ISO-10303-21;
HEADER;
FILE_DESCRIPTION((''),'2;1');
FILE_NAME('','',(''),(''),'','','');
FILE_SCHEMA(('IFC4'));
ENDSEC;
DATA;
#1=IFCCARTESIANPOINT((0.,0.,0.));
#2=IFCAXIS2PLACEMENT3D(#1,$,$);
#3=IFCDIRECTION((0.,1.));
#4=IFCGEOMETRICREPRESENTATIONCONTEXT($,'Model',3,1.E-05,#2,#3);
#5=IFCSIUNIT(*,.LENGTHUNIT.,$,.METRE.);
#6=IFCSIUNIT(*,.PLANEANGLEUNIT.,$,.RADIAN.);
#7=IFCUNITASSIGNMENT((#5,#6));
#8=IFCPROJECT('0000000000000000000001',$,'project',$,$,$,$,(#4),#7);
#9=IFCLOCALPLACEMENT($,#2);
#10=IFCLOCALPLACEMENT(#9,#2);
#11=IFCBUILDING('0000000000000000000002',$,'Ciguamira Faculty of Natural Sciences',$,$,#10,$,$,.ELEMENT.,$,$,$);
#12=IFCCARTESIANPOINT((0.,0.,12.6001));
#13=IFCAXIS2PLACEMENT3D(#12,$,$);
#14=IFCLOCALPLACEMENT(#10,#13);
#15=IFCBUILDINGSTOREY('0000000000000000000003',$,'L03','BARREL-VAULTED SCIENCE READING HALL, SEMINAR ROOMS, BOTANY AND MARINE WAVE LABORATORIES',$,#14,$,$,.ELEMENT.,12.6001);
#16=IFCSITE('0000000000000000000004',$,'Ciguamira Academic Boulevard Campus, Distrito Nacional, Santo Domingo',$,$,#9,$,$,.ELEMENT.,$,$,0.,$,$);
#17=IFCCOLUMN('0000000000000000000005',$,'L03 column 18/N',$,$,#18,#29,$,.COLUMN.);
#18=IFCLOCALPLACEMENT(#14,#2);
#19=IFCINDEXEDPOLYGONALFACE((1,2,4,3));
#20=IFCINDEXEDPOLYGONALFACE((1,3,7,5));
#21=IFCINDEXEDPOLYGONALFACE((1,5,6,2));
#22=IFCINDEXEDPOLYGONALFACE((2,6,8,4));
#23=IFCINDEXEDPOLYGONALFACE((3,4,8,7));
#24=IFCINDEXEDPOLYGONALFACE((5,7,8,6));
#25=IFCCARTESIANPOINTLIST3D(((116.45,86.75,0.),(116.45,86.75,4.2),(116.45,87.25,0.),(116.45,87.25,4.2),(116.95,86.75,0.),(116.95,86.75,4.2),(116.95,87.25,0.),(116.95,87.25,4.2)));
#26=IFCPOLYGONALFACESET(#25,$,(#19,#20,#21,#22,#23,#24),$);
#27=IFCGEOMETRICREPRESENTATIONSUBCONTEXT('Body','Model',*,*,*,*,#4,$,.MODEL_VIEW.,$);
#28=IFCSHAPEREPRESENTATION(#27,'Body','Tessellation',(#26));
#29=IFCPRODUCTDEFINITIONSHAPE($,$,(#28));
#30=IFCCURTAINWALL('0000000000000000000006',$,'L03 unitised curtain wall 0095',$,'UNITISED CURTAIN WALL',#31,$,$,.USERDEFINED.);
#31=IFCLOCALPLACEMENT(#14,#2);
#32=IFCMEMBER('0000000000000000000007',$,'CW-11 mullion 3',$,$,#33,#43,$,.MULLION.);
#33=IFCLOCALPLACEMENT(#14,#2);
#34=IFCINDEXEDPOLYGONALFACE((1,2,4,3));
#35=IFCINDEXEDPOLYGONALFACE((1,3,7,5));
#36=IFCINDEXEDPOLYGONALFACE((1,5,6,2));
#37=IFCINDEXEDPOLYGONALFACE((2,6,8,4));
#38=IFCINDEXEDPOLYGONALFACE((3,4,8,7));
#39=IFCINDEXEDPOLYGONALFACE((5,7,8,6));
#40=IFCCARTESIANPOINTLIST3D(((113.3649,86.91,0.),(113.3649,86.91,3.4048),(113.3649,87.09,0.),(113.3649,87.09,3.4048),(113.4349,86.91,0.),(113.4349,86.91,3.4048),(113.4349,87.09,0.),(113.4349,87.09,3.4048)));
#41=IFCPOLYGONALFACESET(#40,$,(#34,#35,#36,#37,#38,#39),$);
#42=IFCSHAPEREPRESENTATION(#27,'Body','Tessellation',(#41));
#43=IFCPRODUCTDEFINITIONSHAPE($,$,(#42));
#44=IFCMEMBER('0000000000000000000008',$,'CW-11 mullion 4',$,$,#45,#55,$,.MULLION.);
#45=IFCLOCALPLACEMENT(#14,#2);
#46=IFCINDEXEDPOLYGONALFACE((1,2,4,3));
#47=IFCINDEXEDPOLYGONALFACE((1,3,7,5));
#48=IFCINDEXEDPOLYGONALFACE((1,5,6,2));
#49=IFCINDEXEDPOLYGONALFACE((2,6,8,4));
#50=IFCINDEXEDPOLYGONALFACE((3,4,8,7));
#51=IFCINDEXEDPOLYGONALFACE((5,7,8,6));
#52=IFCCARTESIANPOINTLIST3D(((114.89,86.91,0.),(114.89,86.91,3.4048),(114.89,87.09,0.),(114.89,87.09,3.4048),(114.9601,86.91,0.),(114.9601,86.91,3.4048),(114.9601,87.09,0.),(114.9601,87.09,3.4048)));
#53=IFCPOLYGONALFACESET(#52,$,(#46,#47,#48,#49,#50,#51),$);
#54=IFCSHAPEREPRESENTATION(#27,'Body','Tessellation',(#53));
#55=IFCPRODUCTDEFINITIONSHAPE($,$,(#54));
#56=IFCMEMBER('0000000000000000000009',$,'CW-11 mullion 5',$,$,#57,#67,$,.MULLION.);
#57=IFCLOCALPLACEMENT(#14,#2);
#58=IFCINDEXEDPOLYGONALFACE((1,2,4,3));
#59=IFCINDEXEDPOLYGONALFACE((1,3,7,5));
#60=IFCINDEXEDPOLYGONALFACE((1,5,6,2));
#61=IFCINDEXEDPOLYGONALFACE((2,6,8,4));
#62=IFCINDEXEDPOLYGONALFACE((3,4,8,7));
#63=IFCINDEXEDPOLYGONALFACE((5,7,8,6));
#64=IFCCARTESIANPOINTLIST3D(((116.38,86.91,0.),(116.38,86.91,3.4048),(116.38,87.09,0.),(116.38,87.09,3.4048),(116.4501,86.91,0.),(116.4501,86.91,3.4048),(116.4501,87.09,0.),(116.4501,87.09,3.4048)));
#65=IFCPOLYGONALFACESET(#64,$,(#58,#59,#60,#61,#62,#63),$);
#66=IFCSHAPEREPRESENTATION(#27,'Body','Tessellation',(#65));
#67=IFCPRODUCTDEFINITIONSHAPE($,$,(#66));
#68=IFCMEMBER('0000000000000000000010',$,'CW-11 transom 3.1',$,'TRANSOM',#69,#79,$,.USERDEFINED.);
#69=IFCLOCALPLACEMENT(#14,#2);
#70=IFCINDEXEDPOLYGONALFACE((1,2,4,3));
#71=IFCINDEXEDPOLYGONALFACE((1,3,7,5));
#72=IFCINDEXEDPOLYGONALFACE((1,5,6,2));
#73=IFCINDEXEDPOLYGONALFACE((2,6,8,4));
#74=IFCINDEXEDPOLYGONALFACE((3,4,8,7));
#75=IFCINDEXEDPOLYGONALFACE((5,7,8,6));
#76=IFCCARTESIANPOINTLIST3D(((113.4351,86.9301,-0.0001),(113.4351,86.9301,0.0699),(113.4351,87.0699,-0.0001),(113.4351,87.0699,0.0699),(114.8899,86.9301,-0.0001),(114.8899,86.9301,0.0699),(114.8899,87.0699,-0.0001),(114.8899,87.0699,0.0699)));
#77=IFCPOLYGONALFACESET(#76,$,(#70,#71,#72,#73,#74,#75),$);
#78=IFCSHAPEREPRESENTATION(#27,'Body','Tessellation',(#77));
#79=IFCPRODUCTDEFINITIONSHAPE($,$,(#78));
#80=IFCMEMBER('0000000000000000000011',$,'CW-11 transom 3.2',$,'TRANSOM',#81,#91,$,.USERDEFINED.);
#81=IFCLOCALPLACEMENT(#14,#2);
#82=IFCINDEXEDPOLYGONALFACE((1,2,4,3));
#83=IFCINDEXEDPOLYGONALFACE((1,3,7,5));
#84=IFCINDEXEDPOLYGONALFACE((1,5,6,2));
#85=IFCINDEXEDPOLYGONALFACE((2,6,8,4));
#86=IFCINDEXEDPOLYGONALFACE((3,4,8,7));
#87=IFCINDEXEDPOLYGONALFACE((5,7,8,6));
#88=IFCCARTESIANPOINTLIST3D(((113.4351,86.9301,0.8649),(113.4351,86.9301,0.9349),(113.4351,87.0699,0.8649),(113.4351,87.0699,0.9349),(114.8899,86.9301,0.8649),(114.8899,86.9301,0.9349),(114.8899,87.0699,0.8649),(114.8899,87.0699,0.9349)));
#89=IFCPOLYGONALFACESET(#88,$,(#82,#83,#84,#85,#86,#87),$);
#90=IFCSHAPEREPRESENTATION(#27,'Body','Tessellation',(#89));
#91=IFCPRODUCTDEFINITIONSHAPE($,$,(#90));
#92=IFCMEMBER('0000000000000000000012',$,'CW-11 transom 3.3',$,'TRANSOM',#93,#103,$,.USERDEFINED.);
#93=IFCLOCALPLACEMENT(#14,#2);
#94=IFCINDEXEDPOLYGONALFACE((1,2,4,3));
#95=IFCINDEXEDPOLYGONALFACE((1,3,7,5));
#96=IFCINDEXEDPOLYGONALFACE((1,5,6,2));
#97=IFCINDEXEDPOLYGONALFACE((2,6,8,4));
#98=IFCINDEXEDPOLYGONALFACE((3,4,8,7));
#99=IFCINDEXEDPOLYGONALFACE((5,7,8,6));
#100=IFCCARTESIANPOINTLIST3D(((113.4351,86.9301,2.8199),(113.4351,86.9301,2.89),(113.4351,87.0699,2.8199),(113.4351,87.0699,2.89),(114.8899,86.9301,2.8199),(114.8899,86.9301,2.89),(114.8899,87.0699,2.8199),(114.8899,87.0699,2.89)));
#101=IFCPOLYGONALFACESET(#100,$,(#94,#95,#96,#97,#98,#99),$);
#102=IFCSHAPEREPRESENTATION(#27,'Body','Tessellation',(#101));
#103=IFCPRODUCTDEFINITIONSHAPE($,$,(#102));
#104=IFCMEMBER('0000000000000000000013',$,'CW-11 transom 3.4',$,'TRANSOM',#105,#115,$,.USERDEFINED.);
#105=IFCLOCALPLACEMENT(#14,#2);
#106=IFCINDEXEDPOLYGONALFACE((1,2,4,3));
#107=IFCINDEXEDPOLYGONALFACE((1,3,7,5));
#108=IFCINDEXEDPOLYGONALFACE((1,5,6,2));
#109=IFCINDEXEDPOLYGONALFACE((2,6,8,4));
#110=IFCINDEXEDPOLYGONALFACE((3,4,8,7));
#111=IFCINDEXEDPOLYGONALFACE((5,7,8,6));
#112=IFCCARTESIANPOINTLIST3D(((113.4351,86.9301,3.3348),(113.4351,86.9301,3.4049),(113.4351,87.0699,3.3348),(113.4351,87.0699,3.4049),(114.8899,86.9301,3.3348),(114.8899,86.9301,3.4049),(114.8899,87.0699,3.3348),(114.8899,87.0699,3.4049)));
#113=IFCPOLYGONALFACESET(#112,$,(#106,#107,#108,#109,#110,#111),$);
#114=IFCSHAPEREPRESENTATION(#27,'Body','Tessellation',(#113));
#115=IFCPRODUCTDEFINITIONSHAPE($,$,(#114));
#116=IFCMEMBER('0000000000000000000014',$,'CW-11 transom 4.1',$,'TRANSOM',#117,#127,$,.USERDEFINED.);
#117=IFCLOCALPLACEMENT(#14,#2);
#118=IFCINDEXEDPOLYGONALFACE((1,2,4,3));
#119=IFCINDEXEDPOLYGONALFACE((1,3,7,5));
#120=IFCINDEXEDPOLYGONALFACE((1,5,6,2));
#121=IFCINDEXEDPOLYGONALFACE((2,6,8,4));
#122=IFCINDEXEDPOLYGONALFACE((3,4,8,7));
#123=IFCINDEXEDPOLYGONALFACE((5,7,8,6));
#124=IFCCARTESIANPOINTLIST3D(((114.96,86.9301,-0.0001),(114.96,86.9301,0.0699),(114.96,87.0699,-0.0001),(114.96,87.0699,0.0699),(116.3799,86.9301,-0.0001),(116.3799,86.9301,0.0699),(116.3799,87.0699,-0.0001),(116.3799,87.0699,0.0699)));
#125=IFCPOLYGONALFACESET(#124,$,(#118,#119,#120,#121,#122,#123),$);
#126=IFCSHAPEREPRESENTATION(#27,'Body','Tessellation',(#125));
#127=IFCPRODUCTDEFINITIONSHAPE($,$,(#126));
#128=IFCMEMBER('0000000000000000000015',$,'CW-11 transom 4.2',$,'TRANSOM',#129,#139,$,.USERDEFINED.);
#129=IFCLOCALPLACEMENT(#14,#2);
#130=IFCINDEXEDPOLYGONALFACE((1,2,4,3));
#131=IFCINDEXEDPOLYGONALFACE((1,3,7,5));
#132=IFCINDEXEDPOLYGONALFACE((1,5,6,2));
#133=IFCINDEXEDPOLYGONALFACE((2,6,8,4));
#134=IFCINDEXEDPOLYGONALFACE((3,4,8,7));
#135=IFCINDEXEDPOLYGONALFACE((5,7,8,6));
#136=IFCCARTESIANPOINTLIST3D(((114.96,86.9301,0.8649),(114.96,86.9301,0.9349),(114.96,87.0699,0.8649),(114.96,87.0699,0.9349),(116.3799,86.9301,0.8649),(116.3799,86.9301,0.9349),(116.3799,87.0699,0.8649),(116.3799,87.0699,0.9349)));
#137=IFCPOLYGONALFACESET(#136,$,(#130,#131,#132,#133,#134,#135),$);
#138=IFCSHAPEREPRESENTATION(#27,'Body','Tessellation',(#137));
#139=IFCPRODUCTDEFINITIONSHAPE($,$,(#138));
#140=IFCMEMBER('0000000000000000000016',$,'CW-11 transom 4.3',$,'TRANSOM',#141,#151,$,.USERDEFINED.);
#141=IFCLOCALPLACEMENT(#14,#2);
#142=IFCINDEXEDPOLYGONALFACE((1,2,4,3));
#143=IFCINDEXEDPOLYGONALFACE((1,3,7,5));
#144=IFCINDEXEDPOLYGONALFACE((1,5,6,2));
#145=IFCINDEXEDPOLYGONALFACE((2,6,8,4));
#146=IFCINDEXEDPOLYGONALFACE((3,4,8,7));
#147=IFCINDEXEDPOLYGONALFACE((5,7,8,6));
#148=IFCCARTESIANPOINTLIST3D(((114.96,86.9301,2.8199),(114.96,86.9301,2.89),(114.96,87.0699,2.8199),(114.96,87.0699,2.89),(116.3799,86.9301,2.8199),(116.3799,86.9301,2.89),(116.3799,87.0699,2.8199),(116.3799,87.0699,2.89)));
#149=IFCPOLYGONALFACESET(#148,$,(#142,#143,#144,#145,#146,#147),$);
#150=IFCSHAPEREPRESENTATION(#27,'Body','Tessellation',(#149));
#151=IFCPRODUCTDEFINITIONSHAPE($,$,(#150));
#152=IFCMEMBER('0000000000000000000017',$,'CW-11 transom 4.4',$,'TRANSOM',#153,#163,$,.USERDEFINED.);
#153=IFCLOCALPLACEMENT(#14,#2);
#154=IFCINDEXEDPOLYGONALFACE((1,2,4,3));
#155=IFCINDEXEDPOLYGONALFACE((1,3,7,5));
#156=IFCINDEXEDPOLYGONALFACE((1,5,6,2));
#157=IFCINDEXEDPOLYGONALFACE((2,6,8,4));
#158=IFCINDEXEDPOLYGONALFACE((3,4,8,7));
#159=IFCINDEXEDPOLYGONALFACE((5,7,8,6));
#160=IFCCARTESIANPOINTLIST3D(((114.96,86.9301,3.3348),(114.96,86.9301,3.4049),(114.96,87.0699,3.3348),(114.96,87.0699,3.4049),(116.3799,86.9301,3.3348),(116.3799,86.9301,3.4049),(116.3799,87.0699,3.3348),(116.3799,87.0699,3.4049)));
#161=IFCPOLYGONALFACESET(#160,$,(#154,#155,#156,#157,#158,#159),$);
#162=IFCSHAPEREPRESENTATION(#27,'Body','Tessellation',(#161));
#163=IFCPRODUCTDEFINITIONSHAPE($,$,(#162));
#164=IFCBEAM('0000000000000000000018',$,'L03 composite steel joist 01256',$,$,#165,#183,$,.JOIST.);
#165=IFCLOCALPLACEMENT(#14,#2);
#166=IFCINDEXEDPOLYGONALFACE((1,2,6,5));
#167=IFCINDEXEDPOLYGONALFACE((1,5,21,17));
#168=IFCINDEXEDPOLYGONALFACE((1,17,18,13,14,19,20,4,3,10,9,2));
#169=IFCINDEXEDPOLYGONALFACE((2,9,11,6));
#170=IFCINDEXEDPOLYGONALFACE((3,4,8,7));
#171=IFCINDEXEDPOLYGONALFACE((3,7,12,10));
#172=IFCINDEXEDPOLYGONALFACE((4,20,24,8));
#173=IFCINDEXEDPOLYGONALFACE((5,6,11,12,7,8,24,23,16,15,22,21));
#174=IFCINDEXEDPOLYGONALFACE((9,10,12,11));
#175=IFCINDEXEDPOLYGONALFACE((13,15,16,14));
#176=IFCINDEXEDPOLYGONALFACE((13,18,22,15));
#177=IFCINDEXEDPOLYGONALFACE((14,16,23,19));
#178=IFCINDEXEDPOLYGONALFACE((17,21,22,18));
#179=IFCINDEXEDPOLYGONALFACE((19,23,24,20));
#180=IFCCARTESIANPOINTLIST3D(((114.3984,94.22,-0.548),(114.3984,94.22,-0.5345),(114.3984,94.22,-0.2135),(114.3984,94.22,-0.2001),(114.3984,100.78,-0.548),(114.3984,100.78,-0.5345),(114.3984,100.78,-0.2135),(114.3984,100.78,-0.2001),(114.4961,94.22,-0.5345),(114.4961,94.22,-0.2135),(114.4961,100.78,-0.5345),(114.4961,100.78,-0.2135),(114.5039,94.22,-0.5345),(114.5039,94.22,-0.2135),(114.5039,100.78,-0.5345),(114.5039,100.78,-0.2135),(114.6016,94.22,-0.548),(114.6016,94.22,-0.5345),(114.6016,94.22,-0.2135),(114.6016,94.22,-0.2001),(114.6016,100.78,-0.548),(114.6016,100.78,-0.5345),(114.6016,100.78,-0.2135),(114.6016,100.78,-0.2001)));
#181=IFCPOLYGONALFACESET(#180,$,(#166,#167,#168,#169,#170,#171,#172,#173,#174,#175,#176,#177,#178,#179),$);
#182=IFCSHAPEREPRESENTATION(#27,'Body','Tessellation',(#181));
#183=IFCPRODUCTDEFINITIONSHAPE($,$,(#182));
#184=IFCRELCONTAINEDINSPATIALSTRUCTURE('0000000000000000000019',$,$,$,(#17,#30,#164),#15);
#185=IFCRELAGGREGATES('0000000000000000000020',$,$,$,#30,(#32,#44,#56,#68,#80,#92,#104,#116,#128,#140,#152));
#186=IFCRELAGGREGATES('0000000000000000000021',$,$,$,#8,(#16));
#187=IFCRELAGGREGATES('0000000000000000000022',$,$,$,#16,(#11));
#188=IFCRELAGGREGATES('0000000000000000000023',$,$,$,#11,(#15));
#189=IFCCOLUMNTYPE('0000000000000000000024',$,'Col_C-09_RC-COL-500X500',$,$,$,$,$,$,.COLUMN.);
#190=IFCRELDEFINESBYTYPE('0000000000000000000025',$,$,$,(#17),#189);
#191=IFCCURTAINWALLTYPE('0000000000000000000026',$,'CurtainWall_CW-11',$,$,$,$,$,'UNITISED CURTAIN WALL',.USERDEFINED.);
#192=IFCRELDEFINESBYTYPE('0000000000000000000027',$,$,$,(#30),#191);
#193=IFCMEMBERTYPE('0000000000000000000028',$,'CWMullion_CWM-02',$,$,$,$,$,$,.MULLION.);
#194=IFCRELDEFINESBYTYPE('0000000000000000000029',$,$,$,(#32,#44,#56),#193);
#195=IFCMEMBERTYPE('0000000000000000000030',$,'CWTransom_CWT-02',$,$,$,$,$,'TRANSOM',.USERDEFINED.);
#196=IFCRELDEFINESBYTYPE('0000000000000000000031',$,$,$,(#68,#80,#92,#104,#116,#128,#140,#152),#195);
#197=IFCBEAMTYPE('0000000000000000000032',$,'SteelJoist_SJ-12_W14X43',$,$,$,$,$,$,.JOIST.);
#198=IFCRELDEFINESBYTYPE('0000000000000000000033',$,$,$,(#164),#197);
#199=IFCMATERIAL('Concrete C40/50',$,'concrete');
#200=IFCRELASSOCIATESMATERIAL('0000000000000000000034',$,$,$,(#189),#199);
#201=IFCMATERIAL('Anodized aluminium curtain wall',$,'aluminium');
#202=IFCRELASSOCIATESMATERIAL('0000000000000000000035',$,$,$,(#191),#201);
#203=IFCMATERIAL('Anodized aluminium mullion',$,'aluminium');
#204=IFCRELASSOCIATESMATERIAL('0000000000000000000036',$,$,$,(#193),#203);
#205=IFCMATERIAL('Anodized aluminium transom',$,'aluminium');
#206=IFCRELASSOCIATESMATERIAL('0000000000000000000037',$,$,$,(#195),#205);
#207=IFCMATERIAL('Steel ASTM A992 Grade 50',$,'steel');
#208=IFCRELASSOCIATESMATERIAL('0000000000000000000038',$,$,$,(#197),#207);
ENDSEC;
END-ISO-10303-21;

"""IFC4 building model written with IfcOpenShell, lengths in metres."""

from ifc_helpers import new_model, si_unit, direction, frame, origin, origin_2d, place, context, subcontext, project, spatial, rectangle, i_section, extrude, material, material_profile, profile_set, type_object, element, aggregate, save


model = new_model("IFC4")

# Units and contexts
model_context = context("Model", 3, precision=1e-05, world=origin(), true_north=direction((0.0, 1.0)))
body_context = subcontext(model_context, "Body", "Model", "MODEL_VIEW")
ifc_project = project(units=[si_unit("LENGTHUNIT", "METRE"), si_unit("PLANEANGLEUNIT", "RADIAN")], contexts=[model_context])

# Site, building, storey
site_placement = place(None, origin())
site = spatial("IfcSite", under=ifc_project, at=site_placement, Name="Ciguamira Academic Boulevard Campus, Distrito Nacional, Santo Domingo", CompositionType="ELEMENT", RefElevation=0.0)
building_placement = place(site_placement, origin())
building = spatial("IfcBuilding", under=site, at=building_placement, Name="Ciguamira Faculty of Natural Sciences", CompositionType="ELEMENT")
storey_placement = place(building_placement, frame((0.0, 0.0, 12.6001)))
storey = spatial("IfcBuildingStorey", under=building, at=storey_placement, Name="L03", Description="BARREL-VAULTED SCIENCE READING HALL, SEMINAR ROOMS, BOTANY AND MARINE WAVE LABORATORIES", CompositionType="ELEMENT", Elevation=12.6001)

# Column
ifc_material_1 = material(Name="Concrete C40/50", Category="concrete")
ifc_material_profile_1 = material_profile(ifc_material_1, rectangle(XDim=0.5, YDim=0.5, at=origin_2d()), Name="RC-COL-500X500")
ifc_profile_set_1 = profile_set([ifc_material_profile_1], Name="Concrete C40/50")
column_type = type_object("IfcColumnType", Name="Col_C-09_RC-COL-500X500", PredefinedType="COLUMN", material=ifc_profile_set_1)
column_placement = place(storey_placement, frame((116.7, 87.0, 0.0), z_axis=(0.0, 0.0, 1.0), x_axis=(1.0, 0.0, 0.0)))
element("IfcColumn", 1, at=column_placement, inside=storey, type_object=column_type, Name="L03 column 18/N", PredefinedType="COLUMN", context=body_context, shape_type="SweptSolid", body=[
    extrude(rectangle(XDim=0.5, YDim=0.5, at=origin_2d()), origin(), (0.0, 0.0, 1.0), 4.2),
])

# Curtain wall, members
ifc_material_2 = material(Name="Anodized aluminium curtain wall", Category="aluminium")
curtain_wall_type = type_object("IfcCurtainWallType", Name="CurtainWall_CW-11", ElementType="UNITISED CURTAIN WALL", PredefinedType="USERDEFINED", material=ifc_material_2)
curtain_wall_placement = place(storey_placement, origin())
curtain_wall = element("IfcCurtainWall", 2, at=curtain_wall_placement, inside=storey, type_object=curtain_wall_type, Name="L03 unitised curtain wall 0095", ObjectType="UNITISED CURTAIN WALL", PredefinedType="USERDEFINED")
ifc_material_3 = material(Name="Anodized aluminium mullion", Category="aluminium")
ifc_material_profile_2 = material_profile(ifc_material_3, rectangle(XDim=0.0701, YDim=0.1799, at=origin_2d()), Name="ALU-MUL-70X180")
ifc_profile_set_2 = profile_set([ifc_material_profile_2], Name="Anodized aluminium mullion")
member_type_1 = type_object("IfcMemberType", Name="CWMullion_CWM-02", PredefinedType="MULLION", material=ifc_profile_set_2)
member_1_placement = place(storey_placement, frame((113.3999, 87.0, 0.0), z_axis=(0.0, 0.0, 1.0), x_axis=(1.0, 0.0, 0.0)))
member_1 = element("IfcMember", 3, at=member_1_placement, type_object=member_type_1, Name="CW-11 mullion 3", PredefinedType="MULLION", context=body_context, shape_type="SweptSolid", body=[
    extrude(rectangle(XDim=0.0701, YDim=0.1799, at=origin_2d()), origin(), (0.0, 0.0, 1.0), 3.4048),
])
member_2_placement = place(storey_placement, frame((114.925, 87.0, 0.0), z_axis=(0.0, 0.0, 1.0), x_axis=(1.0, 0.0, 0.0)))
member_2 = element("IfcMember", 4, at=member_2_placement, type_object=member_type_1, Name="CW-11 mullion 4", PredefinedType="MULLION", context=body_context, shape_type="SweptSolid", body=[
    extrude(rectangle(XDim=0.0701, YDim=0.1799, at=origin_2d()), origin(), (0.0, 0.0, 1.0), 3.4048),
])
member_3_placement = place(storey_placement, frame((116.415, 87.0, 0.0), z_axis=(0.0, 0.0, 1.0), x_axis=(1.0, 0.0, 0.0)))
member_3 = element("IfcMember", 5, at=member_3_placement, type_object=member_type_1, Name="CW-11 mullion 5", PredefinedType="MULLION", context=body_context, shape_type="SweptSolid", body=[
    extrude(rectangle(XDim=0.0701, YDim=0.1799, at=origin_2d()), origin(), (0.0, 0.0, 1.0), 3.4048),
])
ifc_material_4 = material(Name="Anodized aluminium transom", Category="aluminium")
ifc_material_profile_3 = material_profile(ifc_material_4, rectangle(XDim=0.0701, YDim=0.1399, at=origin_2d()), Name="ALU-TRN-70X140")
ifc_profile_set_3 = profile_set([ifc_material_profile_3], Name="Anodized aluminium transom")
member_type_2 = type_object("IfcMemberType", Name="CWTransom_CWT-02", ElementType="TRANSOM", PredefinedType="USERDEFINED", material=ifc_profile_set_3)
member_4_placement = place(storey_placement, frame((113.4351, 87.0, 0.0349), z_axis=(1.0, 0.0, 0.0), x_axis=(0.0, 0.0, 1.0)))
member_4 = element("IfcMember", 6, at=member_4_placement, type_object=member_type_2, Name="CW-11 transom 3.1", ObjectType="TRANSOM", PredefinedType="USERDEFINED", context=body_context, shape_type="SweptSolid", body=[
    extrude(rectangle(XDim=0.0701, YDim=0.1399, at=origin_2d()), origin(), (0.0, 0.0, 1.0), 1.4548),
])
member_5_placement = place(storey_placement, frame((113.4351, 87.0, 0.8999), z_axis=(1.0, 0.0, 0.0), x_axis=(0.0, 0.0, 1.0)))
member_5 = element("IfcMember", 7, at=member_5_placement, type_object=member_type_2, Name="CW-11 transom 3.2", ObjectType="TRANSOM", PredefinedType="USERDEFINED", context=body_context, shape_type="SweptSolid", body=[
    extrude(rectangle(XDim=0.0701, YDim=0.1399, at=origin_2d()), origin(), (0.0, 0.0, 1.0), 1.4548),
])
member_6_placement = place(storey_placement, frame((113.4351, 87.0, 2.855), z_axis=(1.0, 0.0, 0.0), x_axis=(0.0, 0.0, 1.0)))
member_6 = element("IfcMember", 8, at=member_6_placement, type_object=member_type_2, Name="CW-11 transom 3.3", ObjectType="TRANSOM", PredefinedType="USERDEFINED", context=body_context, shape_type="SweptSolid", body=[
    extrude(rectangle(XDim=0.0701, YDim=0.1399, at=origin_2d()), origin(), (0.0, 0.0, 1.0), 1.4548),
])
member_7_placement = place(storey_placement, frame((113.4351, 87.0, 3.3699), z_axis=(1.0, 0.0, 0.0), x_axis=(0.0, 0.0, 1.0)))
member_7 = element("IfcMember", 9, at=member_7_placement, type_object=member_type_2, Name="CW-11 transom 3.4", ObjectType="TRANSOM", PredefinedType="USERDEFINED", context=body_context, shape_type="SweptSolid", body=[
    extrude(rectangle(XDim=0.0701, YDim=0.1399, at=origin_2d()), origin(), (0.0, 0.0, 1.0), 1.4548),
])
member_8_placement = place(storey_placement, frame((114.96, 87.0, 0.0349), z_axis=(1.0, 0.0, 0.0), x_axis=(0.0, 0.0, 1.0)))
member_8 = element("IfcMember", 10, at=member_8_placement, type_object=member_type_2, Name="CW-11 transom 4.1", ObjectType="TRANSOM", PredefinedType="USERDEFINED", context=body_context, shape_type="SweptSolid", body=[
    extrude(rectangle(XDim=0.0701, YDim=0.1399, at=origin_2d()), origin(), (0.0, 0.0, 1.0), 1.4199),
])
member_9_placement = place(storey_placement, frame((114.96, 87.0, 0.8999), z_axis=(1.0, 0.0, 0.0), x_axis=(0.0, 0.0, 1.0)))
member_9 = element("IfcMember", 11, at=member_9_placement, type_object=member_type_2, Name="CW-11 transom 4.2", ObjectType="TRANSOM", PredefinedType="USERDEFINED", context=body_context, shape_type="SweptSolid", body=[
    extrude(rectangle(XDim=0.0701, YDim=0.1399, at=origin_2d()), origin(), (0.0, 0.0, 1.0), 1.4199),
])
member_10_placement = place(storey_placement, frame((114.96, 87.0, 2.855), z_axis=(1.0, 0.0, 0.0), x_axis=(0.0, 0.0, 1.0)))
member_10 = element("IfcMember", 12, at=member_10_placement, type_object=member_type_2, Name="CW-11 transom 4.3", ObjectType="TRANSOM", PredefinedType="USERDEFINED", context=body_context, shape_type="SweptSolid", body=[
    extrude(rectangle(XDim=0.0701, YDim=0.1399, at=origin_2d()), origin(), (0.0, 0.0, 1.0), 1.4199),
])
member_11_placement = place(storey_placement, frame((114.96, 87.0, 3.3699), z_axis=(1.0, 0.0, 0.0), x_axis=(0.0, 0.0, 1.0)))
member_11 = element("IfcMember", 13, at=member_11_placement, type_object=member_type_2, Name="CW-11 transom 4.4", ObjectType="TRANSOM", PredefinedType="USERDEFINED", context=body_context, shape_type="SweptSolid", body=[
    extrude(rectangle(XDim=0.0701, YDim=0.1399, at=origin_2d()), origin(), (0.0, 0.0, 1.0), 1.4199),
])

# Beam
ifc_material_5 = material(Name="Steel ASTM A992 Grade 50", Category="steel")
ifc_material_profile_4 = material_profile(ifc_material_5, i_section(OverallWidth=0.2031, OverallDepth=0.3479, WebThickness=0.0078, FlangeThickness=0.0134, at=origin_2d()), Name="W14X43")
ifc_profile_set_4 = profile_set([ifc_material_profile_4], Name="Steel ASTM A992 Grade 50")
beam_type = type_object("IfcBeamType", Name="SteelJoist_SJ-12_W14X43", PredefinedType="JOIST", material=ifc_profile_set_4)
beam_placement = place(storey_placement, frame((114.5, 94.22, -0.374), z_axis=(0.0, 1.0, 0.0), x_axis=(-1.0, 0.0, 0.0)))
element("IfcBeam", 14, at=beam_placement, inside=storey, type_object=beam_type, Name="L03 composite steel joist 01256", PredefinedType="JOIST", context=body_context, shape_type="SweptSolid", body=[
    extrude(i_section(OverallWidth=0.2031, OverallDepth=0.3479, WebThickness=0.0078, FlangeThickness=0.0134, at=origin_2d()), origin(), (0.0, 0.0, 1.0), 6.5601),
])

aggregate(curtain_wall, [member_1, member_2, member_3, member_4, member_5, member_6, member_7, member_8, member_9, member_10, member_11])

save(model, "model.ifc")
